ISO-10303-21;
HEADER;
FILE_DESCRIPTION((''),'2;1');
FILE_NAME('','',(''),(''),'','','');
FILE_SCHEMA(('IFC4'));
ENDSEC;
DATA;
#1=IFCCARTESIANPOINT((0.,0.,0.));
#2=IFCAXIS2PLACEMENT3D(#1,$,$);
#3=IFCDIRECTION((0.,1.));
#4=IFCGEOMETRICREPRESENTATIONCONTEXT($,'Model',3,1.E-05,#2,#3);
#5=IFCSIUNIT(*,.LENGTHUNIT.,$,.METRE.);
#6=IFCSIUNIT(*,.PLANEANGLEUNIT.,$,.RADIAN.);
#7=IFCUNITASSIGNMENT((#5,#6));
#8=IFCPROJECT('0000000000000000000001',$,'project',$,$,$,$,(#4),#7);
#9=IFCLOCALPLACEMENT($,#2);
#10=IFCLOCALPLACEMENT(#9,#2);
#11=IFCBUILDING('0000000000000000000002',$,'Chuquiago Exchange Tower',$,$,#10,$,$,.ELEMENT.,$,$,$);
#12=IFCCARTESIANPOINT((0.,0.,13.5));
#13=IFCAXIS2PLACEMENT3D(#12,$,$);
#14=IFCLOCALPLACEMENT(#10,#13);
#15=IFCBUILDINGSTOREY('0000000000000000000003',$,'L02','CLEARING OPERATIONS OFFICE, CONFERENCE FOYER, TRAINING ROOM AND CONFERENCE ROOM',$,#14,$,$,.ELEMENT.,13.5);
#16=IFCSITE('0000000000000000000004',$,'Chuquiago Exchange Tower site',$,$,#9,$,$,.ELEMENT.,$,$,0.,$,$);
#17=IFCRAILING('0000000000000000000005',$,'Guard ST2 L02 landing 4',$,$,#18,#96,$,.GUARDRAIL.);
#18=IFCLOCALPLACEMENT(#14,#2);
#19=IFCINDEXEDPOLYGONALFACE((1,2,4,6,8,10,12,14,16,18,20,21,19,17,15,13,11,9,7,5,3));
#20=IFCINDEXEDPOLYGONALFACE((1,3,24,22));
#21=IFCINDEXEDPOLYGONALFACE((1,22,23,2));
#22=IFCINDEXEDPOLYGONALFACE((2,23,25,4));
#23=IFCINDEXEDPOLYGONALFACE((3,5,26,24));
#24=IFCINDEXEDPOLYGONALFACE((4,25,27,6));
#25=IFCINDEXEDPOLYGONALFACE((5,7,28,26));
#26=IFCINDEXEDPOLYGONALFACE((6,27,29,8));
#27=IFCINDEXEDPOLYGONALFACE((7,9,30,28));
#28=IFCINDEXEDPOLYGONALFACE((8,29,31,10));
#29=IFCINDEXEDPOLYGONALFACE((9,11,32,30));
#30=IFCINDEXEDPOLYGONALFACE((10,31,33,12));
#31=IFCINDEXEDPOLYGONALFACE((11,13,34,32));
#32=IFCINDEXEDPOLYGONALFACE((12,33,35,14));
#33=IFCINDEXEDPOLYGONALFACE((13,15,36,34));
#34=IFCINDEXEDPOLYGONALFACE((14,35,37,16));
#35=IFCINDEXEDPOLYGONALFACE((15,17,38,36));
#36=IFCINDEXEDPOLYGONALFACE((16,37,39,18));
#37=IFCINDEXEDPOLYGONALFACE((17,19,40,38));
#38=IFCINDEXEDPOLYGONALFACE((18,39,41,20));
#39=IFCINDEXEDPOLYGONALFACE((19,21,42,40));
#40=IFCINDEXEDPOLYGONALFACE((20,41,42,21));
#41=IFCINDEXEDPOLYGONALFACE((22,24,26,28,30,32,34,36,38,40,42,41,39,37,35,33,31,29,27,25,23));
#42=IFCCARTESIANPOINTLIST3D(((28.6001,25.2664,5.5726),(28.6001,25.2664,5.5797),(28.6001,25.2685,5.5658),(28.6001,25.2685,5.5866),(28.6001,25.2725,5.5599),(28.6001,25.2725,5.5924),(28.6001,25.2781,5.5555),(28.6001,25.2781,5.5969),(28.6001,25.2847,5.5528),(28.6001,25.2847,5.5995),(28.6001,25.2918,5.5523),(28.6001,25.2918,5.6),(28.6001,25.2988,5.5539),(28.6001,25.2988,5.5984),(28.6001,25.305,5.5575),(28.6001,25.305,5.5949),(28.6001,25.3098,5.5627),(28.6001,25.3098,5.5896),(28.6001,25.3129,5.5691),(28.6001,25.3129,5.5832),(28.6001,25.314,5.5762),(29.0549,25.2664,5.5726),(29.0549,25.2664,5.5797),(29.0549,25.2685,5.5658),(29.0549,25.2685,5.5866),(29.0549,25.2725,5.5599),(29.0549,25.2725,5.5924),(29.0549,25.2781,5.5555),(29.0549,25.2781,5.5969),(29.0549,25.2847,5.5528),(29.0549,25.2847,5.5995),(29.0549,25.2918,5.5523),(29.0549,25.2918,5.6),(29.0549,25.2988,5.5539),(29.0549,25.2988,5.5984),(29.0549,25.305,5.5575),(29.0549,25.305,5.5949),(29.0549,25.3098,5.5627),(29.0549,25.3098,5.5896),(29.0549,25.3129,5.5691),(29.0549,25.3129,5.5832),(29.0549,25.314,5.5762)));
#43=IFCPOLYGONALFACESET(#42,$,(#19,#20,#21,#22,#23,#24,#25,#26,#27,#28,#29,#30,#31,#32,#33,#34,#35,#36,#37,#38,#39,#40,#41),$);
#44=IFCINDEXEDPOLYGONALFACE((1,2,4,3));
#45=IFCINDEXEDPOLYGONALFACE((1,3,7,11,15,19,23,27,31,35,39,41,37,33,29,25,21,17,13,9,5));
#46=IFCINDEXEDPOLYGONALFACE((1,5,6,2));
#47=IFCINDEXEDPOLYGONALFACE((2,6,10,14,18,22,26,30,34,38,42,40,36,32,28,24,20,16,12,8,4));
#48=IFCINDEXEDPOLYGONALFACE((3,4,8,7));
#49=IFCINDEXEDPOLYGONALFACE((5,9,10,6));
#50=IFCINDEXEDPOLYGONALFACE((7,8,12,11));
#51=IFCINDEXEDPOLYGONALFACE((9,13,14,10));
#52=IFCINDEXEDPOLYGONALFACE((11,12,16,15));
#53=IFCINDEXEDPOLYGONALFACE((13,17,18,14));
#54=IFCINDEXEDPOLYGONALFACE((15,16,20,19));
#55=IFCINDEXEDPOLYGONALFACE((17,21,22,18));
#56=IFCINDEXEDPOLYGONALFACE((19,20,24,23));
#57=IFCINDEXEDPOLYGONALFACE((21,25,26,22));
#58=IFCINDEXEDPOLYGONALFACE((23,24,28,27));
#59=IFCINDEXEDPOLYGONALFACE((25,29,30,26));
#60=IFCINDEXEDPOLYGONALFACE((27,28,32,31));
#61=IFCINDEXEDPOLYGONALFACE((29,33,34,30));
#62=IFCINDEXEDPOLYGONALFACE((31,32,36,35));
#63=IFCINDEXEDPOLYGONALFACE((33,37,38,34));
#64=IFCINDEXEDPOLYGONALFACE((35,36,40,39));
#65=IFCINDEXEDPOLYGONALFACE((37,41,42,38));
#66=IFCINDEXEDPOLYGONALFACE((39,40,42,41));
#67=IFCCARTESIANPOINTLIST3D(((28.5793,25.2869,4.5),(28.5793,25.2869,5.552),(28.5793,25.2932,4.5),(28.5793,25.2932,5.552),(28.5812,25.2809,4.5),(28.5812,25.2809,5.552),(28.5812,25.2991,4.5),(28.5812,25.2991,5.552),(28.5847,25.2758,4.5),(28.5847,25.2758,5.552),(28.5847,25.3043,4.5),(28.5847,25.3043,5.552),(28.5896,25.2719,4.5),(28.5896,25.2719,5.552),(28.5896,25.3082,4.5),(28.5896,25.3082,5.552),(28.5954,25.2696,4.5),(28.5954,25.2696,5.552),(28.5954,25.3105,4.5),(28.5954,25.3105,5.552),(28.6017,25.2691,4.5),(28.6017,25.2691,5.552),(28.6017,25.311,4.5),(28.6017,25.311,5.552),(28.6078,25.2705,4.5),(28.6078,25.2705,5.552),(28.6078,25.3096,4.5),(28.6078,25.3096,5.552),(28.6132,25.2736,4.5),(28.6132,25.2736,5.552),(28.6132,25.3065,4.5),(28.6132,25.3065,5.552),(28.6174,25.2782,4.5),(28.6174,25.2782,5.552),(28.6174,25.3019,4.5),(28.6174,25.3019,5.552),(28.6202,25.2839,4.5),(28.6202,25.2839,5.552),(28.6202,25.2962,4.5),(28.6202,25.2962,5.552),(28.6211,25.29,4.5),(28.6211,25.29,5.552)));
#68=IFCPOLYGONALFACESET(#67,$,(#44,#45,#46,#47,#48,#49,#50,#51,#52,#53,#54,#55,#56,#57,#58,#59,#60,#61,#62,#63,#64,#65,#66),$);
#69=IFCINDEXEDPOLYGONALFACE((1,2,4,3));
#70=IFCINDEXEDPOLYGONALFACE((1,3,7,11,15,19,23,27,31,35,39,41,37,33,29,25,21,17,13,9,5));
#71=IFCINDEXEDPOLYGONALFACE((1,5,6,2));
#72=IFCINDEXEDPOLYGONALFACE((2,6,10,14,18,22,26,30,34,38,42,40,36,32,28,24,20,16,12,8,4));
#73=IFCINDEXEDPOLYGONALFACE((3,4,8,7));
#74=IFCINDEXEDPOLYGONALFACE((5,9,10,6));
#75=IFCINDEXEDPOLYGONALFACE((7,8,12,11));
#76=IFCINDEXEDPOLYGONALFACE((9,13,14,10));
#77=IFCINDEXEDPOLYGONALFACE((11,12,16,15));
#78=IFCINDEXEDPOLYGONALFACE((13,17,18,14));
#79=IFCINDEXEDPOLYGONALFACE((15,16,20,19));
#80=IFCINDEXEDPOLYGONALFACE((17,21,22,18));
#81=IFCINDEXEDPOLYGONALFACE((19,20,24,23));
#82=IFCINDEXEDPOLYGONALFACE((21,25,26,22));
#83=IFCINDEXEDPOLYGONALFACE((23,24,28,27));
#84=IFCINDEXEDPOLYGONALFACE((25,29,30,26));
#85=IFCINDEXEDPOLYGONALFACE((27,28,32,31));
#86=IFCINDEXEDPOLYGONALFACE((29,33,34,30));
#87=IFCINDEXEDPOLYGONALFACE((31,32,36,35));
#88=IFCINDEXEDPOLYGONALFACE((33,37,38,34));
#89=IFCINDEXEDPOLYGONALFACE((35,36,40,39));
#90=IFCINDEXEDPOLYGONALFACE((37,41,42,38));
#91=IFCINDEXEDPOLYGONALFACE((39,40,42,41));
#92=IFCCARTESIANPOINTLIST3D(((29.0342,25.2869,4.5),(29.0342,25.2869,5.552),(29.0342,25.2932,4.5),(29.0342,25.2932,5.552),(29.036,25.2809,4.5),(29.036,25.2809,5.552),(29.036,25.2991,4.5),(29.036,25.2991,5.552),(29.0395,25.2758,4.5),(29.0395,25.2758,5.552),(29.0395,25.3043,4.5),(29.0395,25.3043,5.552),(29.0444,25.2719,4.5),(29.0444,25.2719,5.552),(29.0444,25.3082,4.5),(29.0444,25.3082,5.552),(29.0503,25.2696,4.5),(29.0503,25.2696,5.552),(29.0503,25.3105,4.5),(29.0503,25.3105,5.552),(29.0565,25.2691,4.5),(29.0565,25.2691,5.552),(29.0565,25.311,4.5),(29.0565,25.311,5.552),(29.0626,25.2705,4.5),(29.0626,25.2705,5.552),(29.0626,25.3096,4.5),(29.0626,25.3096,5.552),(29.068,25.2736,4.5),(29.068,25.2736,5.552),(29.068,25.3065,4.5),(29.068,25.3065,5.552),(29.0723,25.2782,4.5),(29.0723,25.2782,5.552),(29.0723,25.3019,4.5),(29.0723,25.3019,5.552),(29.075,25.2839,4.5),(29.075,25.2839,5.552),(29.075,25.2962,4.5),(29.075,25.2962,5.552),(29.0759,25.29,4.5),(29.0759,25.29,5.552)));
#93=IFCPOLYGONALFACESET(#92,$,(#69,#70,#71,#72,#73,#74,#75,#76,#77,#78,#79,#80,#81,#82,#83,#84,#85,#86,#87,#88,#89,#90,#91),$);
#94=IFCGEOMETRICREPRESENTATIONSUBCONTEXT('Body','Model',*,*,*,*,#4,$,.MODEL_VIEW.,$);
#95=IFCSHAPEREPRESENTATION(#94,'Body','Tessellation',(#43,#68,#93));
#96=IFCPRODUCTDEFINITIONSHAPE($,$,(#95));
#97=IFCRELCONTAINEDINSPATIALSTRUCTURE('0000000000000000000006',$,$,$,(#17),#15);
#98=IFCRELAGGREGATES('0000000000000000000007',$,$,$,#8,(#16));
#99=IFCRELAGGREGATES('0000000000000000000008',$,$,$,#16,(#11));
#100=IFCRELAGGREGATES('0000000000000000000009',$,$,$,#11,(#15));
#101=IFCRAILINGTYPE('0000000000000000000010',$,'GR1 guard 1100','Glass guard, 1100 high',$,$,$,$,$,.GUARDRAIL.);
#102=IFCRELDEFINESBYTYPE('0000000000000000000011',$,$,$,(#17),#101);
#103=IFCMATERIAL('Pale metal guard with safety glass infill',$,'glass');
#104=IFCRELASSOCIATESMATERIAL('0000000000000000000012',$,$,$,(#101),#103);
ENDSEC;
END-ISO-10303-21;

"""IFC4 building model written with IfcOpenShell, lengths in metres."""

from ifc_helpers import new_model, si_unit, direction, frame, origin, origin_2d, place, context, subcontext, project, spatial, circle, extrude, material, type_object, element, save


model = new_model("IFC4")

# Units and contexts
model_context = context("Model", 3, precision=1e-05, world=origin(), true_north=direction((0.0, 1.0)))
body_context = subcontext(model_context, "Body", "Model", "MODEL_VIEW")
ifc_project = project(units=[si_unit("LENGTHUNIT", "METRE"), si_unit("PLANEANGLEUNIT", "RADIAN")], contexts=[model_context])

# Site, building, storey
site_placement = place(None, origin())
site = spatial("IfcSite", under=ifc_project, at=site_placement, Name="Chuquiago Exchange Tower site", CompositionType="ELEMENT", RefElevation=0.0)
building_placement = place(site_placement, origin())
building = spatial("IfcBuilding", under=site, at=building_placement, Name="Chuquiago Exchange Tower", CompositionType="ELEMENT")
storey_placement = place(building_placement, frame((0.0, 0.0, 13.5)))
storey = spatial("IfcBuildingStorey", under=building, at=storey_placement, Name="L02", Description="CLEARING OPERATIONS OFFICE, CONFERENCE FOYER, TRAINING ROOM AND CONFERENCE ROOM", CompositionType="ELEMENT", Elevation=13.5)

# Railing
ifc_material_1 = material(Name="Pale metal guard with safety glass infill", Category="glass")
railing_type = type_object("IfcRailingType", Name="GR1 guard 1100", Description="Glass guard, 1100 high", PredefinedType="GUARDRAIL", material=ifc_material_1)
for number, where, name in (
    (1, (28.6001, 25.29, 4.5), "Guard ST2 L02 landing 4"),
):
    element("IfcRailing", number, at=place(storey_placement, frame(where)), inside=storey, type_object=railing_type, Name=name, PredefinedType="GUARDRAIL", context=body_context, shape_type="SweptSolid", body=[
        extrude(circle(Radius=0.0239, at=origin_2d()), frame((0.0, 0.0, 1.0762), z_axis=(1.0, 0.0, 0.0), x_axis=(0.0, 1.0, 0.0)), (0.0, 0.0, 1.0), 0.4548),
        extrude(circle(Radius=0.021, at=origin_2d()), origin(), (0.0, 0.0, 1.0), 1.052),
        extrude(circle(Radius=0.021, at=origin_2d()), frame((0.4548, 0.0, 0.0)), (0.0, 0.0, 1.0), 1.052),
    ])

save(model, "model.ifc")
